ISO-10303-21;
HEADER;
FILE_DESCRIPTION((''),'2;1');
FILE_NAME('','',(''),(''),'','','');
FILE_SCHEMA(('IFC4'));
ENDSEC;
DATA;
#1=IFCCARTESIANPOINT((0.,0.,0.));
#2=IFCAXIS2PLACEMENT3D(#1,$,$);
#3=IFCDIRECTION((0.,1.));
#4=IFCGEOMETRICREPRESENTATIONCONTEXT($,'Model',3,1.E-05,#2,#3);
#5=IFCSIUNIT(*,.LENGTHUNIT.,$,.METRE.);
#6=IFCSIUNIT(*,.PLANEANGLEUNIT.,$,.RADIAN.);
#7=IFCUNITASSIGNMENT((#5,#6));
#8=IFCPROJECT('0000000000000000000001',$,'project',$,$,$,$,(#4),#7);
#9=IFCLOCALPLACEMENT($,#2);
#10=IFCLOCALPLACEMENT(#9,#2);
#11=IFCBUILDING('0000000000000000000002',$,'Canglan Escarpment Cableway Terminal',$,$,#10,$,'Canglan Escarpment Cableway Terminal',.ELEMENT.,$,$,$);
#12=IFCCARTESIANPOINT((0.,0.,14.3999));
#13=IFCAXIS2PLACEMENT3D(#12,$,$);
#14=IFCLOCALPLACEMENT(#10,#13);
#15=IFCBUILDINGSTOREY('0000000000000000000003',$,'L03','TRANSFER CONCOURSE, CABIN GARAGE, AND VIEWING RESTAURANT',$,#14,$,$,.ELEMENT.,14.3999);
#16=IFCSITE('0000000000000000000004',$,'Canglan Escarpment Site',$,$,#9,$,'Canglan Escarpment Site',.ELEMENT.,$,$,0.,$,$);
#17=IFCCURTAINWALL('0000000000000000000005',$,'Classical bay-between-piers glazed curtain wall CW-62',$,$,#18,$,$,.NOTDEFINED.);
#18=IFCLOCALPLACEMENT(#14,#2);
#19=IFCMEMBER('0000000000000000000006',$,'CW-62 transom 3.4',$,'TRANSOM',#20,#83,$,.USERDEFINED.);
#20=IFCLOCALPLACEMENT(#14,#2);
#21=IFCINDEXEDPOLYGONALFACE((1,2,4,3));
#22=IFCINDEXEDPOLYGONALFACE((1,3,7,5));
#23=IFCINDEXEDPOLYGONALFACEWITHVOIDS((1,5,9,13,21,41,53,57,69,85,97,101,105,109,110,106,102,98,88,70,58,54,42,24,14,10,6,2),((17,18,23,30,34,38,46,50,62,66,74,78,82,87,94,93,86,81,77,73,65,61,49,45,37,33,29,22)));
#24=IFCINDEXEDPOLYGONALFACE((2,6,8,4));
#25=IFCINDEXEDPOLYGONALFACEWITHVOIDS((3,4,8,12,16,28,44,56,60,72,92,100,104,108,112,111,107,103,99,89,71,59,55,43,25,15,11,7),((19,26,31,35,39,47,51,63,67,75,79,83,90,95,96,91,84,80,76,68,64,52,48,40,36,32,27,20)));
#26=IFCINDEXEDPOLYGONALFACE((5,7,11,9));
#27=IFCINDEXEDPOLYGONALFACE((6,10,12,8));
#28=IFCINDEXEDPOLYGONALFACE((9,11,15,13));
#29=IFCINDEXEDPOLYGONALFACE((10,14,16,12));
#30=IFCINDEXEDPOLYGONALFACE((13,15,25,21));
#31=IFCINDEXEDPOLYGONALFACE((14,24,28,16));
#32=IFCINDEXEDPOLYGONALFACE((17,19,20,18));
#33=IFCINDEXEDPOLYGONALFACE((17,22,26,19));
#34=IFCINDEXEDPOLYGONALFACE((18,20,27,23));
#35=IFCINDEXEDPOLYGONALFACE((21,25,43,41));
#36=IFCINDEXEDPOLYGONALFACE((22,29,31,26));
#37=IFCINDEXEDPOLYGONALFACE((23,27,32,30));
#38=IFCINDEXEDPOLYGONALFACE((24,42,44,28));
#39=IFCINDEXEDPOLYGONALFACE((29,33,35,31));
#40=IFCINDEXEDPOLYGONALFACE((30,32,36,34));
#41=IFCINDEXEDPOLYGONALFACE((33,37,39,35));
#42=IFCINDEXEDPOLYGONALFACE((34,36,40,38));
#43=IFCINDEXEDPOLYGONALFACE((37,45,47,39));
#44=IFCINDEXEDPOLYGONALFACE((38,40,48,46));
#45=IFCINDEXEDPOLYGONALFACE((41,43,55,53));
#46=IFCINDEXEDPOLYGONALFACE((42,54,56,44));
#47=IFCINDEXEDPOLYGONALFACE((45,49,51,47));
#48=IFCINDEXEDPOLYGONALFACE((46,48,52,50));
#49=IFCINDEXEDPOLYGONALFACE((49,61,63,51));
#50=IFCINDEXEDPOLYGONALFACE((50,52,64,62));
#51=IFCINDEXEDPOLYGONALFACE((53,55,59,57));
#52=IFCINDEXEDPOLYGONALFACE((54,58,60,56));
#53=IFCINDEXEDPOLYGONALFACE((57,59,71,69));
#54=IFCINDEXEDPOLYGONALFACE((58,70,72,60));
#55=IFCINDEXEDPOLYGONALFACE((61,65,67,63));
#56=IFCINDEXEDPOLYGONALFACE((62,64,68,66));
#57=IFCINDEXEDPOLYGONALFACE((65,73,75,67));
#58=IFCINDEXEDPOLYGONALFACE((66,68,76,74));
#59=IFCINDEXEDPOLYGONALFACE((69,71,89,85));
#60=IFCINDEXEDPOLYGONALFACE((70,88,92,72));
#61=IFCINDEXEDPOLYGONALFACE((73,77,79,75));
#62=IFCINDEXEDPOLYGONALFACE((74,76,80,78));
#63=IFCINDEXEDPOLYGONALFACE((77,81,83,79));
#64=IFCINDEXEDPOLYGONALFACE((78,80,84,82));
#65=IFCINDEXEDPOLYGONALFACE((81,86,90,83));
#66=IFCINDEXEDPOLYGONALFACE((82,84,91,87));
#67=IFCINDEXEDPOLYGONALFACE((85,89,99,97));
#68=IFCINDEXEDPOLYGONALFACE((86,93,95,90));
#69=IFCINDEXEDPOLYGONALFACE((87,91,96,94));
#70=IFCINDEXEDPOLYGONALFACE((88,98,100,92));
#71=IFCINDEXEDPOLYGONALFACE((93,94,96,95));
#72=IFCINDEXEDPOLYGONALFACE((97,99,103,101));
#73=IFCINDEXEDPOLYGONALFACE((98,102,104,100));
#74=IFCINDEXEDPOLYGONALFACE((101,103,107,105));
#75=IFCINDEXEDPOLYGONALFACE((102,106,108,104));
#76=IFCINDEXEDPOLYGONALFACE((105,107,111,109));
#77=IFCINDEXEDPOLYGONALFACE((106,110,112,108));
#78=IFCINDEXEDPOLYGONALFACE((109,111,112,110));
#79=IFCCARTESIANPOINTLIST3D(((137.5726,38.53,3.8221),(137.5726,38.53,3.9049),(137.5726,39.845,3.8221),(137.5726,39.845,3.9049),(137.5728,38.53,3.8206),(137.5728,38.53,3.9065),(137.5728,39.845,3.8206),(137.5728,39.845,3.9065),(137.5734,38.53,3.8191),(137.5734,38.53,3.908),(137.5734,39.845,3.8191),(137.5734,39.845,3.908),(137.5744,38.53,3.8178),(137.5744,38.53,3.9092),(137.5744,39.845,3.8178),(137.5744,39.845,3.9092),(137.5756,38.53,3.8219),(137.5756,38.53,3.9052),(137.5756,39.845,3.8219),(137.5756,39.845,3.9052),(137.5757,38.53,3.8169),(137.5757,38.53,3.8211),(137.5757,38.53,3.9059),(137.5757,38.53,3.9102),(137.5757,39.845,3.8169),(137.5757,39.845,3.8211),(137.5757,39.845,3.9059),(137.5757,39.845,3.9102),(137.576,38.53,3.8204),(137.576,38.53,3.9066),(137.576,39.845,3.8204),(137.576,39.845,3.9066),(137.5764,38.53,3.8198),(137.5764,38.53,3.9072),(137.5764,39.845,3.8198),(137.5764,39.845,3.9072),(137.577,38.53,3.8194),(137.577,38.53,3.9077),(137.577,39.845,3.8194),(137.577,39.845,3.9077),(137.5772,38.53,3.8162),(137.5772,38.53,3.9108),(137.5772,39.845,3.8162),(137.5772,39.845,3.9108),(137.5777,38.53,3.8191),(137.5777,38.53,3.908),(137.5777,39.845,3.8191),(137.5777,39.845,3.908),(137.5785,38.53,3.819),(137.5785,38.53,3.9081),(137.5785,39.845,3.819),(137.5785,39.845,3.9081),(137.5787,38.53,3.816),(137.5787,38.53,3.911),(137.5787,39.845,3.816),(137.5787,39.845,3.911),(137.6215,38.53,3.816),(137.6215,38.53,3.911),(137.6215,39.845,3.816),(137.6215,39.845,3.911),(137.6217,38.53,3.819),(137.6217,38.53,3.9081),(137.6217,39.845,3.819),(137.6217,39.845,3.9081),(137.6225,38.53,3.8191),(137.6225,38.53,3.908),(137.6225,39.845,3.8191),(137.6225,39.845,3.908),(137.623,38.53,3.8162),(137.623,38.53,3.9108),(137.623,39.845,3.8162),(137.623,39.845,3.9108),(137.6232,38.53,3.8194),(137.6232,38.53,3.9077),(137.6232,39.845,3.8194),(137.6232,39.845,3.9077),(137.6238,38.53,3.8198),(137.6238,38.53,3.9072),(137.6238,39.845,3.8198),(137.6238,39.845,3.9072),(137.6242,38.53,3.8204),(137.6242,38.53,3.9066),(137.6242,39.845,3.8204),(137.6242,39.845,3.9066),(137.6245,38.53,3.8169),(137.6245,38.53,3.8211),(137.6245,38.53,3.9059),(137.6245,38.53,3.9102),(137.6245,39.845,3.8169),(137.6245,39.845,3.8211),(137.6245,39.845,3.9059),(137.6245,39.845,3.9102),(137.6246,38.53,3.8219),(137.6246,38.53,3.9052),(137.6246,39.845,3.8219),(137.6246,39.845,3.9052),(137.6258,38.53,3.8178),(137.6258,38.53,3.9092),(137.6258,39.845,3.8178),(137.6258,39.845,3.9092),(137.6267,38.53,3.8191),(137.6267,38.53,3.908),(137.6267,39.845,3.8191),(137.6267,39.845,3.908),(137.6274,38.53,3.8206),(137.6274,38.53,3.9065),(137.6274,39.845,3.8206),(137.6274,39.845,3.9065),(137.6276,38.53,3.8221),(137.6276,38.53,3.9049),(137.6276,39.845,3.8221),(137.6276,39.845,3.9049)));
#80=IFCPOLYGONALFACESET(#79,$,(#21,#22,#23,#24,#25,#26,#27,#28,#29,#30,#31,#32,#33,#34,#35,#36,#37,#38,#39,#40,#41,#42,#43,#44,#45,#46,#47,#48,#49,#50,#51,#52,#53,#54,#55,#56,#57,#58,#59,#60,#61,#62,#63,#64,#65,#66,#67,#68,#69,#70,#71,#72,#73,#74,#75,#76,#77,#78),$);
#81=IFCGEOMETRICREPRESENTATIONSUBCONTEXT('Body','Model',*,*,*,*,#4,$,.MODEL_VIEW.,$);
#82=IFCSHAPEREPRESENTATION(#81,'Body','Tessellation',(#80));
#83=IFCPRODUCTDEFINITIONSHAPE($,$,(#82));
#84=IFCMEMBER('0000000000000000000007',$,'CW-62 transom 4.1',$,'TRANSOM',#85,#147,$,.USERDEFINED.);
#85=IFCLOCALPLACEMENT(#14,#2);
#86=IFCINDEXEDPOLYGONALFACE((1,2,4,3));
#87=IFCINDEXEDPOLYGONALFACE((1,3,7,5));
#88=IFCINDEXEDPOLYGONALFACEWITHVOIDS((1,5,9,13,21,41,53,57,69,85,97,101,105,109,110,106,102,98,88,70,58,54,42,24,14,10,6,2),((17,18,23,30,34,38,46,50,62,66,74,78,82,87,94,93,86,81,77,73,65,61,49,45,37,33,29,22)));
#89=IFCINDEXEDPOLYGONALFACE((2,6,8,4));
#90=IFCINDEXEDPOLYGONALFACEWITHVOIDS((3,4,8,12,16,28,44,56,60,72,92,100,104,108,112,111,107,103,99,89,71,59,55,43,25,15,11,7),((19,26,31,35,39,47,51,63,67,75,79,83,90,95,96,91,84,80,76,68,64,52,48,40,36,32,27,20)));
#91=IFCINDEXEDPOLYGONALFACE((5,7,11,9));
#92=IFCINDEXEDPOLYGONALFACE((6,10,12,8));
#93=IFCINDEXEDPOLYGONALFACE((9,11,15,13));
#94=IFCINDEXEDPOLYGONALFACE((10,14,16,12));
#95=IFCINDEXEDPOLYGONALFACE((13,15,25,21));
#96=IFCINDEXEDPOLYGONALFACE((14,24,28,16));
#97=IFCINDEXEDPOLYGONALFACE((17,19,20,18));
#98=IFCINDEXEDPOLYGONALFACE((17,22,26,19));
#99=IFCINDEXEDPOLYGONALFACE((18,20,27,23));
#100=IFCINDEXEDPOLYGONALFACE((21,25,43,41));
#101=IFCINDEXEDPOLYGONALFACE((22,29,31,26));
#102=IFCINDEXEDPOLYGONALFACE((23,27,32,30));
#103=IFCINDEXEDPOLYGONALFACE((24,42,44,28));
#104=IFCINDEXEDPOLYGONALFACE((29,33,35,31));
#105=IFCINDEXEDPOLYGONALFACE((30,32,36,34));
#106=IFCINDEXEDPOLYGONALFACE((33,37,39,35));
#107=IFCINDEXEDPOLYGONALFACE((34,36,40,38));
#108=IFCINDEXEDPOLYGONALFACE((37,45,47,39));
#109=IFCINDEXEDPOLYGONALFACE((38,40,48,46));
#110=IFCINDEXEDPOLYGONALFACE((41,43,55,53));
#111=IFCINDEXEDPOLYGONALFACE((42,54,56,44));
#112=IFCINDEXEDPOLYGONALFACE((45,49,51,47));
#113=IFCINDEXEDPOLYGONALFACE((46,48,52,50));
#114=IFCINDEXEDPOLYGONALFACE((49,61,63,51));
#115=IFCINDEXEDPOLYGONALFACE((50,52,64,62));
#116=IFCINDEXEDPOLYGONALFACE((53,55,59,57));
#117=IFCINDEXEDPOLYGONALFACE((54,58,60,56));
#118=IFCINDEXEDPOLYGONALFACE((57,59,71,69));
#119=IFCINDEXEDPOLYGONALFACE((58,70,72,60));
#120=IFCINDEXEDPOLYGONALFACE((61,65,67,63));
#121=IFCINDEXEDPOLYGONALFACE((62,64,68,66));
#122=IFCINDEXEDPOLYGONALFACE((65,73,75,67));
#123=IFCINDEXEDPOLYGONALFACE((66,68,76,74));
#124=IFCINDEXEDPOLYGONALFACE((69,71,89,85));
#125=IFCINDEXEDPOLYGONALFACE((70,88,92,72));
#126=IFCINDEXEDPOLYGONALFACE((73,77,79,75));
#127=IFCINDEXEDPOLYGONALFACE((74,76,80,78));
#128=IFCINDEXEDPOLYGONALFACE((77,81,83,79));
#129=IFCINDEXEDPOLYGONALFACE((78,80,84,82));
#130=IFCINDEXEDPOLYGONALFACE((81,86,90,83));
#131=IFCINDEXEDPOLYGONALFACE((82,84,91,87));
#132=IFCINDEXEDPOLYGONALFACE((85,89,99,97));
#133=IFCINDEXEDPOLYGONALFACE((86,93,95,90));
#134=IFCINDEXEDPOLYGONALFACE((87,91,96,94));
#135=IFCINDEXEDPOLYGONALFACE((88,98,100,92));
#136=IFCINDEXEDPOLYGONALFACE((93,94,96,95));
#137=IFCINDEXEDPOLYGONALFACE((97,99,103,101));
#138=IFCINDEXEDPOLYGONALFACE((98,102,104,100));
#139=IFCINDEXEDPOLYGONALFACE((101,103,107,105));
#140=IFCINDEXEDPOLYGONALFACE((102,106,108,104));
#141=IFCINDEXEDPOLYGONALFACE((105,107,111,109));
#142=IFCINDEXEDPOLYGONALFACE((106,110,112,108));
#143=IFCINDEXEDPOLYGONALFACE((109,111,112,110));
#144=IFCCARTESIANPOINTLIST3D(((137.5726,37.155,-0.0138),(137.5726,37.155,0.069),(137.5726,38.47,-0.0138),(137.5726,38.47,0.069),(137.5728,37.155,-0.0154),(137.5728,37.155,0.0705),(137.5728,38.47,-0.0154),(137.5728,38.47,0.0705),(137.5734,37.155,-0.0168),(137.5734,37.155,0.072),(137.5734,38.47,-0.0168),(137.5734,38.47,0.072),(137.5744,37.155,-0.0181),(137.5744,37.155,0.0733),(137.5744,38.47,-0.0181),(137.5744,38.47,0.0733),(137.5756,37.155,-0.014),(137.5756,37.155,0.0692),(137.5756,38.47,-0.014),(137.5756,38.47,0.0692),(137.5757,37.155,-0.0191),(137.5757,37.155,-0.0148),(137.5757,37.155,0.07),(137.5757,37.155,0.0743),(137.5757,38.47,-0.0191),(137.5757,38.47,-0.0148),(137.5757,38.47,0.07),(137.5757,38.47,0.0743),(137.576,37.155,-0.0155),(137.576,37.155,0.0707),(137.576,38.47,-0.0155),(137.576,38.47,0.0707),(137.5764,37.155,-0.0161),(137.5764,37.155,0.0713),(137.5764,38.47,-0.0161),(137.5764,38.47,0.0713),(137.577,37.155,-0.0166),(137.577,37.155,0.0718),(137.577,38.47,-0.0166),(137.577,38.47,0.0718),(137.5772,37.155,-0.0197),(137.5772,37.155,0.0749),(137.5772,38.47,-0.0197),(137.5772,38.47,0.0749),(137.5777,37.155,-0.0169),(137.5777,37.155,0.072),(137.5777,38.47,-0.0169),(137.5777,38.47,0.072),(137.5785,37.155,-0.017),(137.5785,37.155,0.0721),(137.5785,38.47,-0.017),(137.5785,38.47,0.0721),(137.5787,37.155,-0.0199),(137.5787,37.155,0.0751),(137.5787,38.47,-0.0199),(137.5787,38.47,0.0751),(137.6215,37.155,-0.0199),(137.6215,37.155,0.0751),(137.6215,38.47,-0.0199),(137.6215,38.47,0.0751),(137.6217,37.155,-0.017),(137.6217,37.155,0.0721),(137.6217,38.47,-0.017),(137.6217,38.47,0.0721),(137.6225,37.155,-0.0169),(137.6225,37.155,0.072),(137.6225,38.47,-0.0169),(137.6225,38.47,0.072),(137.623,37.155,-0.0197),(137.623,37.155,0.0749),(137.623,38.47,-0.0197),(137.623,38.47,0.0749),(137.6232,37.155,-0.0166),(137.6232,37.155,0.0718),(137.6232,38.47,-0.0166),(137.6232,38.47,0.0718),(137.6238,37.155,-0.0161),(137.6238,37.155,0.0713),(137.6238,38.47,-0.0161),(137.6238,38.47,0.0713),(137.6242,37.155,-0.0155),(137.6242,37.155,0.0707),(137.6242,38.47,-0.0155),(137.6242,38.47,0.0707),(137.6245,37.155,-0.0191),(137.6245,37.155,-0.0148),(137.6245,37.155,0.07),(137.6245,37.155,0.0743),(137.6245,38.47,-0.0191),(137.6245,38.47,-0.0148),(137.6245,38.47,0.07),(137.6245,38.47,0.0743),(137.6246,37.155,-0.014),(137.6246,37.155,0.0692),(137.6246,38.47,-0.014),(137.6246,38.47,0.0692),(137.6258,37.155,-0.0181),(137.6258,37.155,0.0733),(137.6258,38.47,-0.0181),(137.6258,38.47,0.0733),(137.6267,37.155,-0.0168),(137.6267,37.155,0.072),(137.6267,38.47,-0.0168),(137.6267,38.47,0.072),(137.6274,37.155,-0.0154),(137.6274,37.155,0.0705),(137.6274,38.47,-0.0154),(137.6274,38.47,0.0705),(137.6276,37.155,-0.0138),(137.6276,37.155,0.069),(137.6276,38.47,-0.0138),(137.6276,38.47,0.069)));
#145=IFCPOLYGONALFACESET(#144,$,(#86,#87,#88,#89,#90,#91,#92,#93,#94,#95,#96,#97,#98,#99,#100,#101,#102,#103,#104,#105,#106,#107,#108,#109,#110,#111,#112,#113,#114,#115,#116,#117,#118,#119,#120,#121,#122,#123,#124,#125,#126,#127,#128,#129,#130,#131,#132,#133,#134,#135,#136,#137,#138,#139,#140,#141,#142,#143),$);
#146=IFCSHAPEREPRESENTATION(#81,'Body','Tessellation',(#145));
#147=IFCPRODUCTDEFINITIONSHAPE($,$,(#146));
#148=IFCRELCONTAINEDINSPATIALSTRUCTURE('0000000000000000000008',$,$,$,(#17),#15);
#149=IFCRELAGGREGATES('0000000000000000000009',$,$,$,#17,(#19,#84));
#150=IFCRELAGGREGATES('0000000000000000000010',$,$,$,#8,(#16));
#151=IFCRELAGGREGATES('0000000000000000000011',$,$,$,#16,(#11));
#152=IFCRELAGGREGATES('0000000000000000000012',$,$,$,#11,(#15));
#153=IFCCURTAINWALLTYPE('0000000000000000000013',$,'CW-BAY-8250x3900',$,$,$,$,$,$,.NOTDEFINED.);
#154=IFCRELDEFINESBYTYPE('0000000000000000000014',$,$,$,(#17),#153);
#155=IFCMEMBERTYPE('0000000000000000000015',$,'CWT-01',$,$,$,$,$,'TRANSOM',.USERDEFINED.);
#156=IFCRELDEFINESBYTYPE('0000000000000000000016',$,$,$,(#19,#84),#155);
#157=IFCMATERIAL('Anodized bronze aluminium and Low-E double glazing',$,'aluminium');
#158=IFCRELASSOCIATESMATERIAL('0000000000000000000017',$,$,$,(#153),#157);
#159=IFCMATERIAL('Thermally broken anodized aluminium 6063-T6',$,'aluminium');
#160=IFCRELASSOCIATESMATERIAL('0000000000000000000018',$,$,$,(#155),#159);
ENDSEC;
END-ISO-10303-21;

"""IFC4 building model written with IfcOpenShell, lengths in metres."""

from ifc_helpers import new_model, si_unit, direction, frame, origin, origin_2d, place, context, subcontext, project, spatial, hollow_rectangle, extrude, material, material_profile, profile_set, type_object, element, aggregate, save


model = new_model("IFC4")

# Units and contexts
model_context = context("Model", 3, precision=1e-05, world=origin(), true_north=direction((0.0, 1.0)))
body_context = subcontext(model_context, "Body", "Model", "MODEL_VIEW")
ifc_project = project(units=[si_unit("LENGTHUNIT", "METRE"), si_unit("PLANEANGLEUNIT", "RADIAN")], contexts=[model_context])

# Site, building, storey
site_placement = place(None, origin())
site = spatial("IfcSite", under=ifc_project, at=site_placement, Name="Canglan Escarpment Site", LongName="Canglan Escarpment Site", CompositionType="ELEMENT", RefElevation=0.0)
building_placement = place(site_placement, origin())
building = spatial("IfcBuilding", under=site, at=building_placement, Name="Canglan Escarpment Cableway Terminal", LongName="Canglan Escarpment Cableway Terminal", CompositionType="ELEMENT")
storey_placement = place(building_placement, frame((0.0, 0.0, 14.3999)))
storey = spatial("IfcBuildingStorey", under=building, at=storey_placement, Name="L03", Description="TRANSFER CONCOURSE, CABIN GARAGE, AND VIEWING RESTAURANT", CompositionType="ELEMENT", Elevation=14.3999)

# Curtain wall, members
ifc_material_1 = material(Name="Anodized bronze aluminium and Low-E double glazing", Category="aluminium")
curtain_wall_type = type_object("IfcCurtainWallType", Name="CW-BAY-8250x3900", PredefinedType="NOTDEFINED", material=ifc_material_1)
curtain_wall_placement = place(storey_placement, origin())
curtain_wall = element("IfcCurtainWall", 1, at=curtain_wall_placement, inside=storey, type_object=curtain_wall_type, Name="Classical bay-between-piers glazed curtain wall CW-62", PredefinedType="NOTDEFINED")
ifc_material_2 = material(Name="Thermally broken anodized aluminium 6063-T6", Category="aluminium")
ifc_material_profile_1 = material_profile(ifc_material_2, hollow_rectangle(XDim=0.0549, YDim=0.095, WallThickness=0.0029, InnerFilletRadius=0.0029, OuterFilletRadius=0.0061, at=origin_2d()), Name="ALU-TRAN 55x95x3")
ifc_profile_set_1 = profile_set([ifc_material_profile_1], Name="Thermally broken anodized aluminium 6063-T6")
member_type_1 = type_object("IfcMemberType", Name="CWT-01", ElementType="TRANSOM", PredefinedType="USERDEFINED", material=ifc_profile_set_1)
member_1_placement = place(storey_placement, frame((137.6001, 39.845, 3.8635), z_axis=(0.0, -1.0, 0.0), x_axis=(1.0, 0.0, 0.0)))
member_1 = element("IfcMember", 2, at=member_1_placement, type_object=member_type_1, Name="CW-62 transom 3.4", ObjectType="TRANSOM", PredefinedType="USERDEFINED", context=body_context, shape_type="SweptSolid", body=[
    extrude(hollow_rectangle(XDim=0.0549, YDim=0.095, WallThickness=0.0029, InnerFilletRadius=0.0029, OuterFilletRadius=0.0061, at=origin_2d()), origin(), (0.0, 0.0, 1.0), 1.3149),
])
member_2_placement = place(storey_placement, frame((137.6001, 38.47, 0.0276), z_axis=(0.0, -1.0, 0.0), x_axis=(1.0, 0.0, 0.0)))
member_2 = element("IfcMember", 3, at=member_2_placement, type_object=member_type_1, Name="CW-62 transom 4.1", ObjectType="TRANSOM", PredefinedType="USERDEFINED", context=body_context, shape_type="SweptSolid", body=[
    extrude(hollow_rectangle(XDim=0.0549, YDim=0.095, WallThickness=0.0029, InnerFilletRadius=0.0029, OuterFilletRadius=0.0061, at=origin_2d()), origin(), (0.0, 0.0, 1.0), 1.3149),
])
aggregate(curtain_wall, [member_1, member_2])

save(model, "model.ifc")
